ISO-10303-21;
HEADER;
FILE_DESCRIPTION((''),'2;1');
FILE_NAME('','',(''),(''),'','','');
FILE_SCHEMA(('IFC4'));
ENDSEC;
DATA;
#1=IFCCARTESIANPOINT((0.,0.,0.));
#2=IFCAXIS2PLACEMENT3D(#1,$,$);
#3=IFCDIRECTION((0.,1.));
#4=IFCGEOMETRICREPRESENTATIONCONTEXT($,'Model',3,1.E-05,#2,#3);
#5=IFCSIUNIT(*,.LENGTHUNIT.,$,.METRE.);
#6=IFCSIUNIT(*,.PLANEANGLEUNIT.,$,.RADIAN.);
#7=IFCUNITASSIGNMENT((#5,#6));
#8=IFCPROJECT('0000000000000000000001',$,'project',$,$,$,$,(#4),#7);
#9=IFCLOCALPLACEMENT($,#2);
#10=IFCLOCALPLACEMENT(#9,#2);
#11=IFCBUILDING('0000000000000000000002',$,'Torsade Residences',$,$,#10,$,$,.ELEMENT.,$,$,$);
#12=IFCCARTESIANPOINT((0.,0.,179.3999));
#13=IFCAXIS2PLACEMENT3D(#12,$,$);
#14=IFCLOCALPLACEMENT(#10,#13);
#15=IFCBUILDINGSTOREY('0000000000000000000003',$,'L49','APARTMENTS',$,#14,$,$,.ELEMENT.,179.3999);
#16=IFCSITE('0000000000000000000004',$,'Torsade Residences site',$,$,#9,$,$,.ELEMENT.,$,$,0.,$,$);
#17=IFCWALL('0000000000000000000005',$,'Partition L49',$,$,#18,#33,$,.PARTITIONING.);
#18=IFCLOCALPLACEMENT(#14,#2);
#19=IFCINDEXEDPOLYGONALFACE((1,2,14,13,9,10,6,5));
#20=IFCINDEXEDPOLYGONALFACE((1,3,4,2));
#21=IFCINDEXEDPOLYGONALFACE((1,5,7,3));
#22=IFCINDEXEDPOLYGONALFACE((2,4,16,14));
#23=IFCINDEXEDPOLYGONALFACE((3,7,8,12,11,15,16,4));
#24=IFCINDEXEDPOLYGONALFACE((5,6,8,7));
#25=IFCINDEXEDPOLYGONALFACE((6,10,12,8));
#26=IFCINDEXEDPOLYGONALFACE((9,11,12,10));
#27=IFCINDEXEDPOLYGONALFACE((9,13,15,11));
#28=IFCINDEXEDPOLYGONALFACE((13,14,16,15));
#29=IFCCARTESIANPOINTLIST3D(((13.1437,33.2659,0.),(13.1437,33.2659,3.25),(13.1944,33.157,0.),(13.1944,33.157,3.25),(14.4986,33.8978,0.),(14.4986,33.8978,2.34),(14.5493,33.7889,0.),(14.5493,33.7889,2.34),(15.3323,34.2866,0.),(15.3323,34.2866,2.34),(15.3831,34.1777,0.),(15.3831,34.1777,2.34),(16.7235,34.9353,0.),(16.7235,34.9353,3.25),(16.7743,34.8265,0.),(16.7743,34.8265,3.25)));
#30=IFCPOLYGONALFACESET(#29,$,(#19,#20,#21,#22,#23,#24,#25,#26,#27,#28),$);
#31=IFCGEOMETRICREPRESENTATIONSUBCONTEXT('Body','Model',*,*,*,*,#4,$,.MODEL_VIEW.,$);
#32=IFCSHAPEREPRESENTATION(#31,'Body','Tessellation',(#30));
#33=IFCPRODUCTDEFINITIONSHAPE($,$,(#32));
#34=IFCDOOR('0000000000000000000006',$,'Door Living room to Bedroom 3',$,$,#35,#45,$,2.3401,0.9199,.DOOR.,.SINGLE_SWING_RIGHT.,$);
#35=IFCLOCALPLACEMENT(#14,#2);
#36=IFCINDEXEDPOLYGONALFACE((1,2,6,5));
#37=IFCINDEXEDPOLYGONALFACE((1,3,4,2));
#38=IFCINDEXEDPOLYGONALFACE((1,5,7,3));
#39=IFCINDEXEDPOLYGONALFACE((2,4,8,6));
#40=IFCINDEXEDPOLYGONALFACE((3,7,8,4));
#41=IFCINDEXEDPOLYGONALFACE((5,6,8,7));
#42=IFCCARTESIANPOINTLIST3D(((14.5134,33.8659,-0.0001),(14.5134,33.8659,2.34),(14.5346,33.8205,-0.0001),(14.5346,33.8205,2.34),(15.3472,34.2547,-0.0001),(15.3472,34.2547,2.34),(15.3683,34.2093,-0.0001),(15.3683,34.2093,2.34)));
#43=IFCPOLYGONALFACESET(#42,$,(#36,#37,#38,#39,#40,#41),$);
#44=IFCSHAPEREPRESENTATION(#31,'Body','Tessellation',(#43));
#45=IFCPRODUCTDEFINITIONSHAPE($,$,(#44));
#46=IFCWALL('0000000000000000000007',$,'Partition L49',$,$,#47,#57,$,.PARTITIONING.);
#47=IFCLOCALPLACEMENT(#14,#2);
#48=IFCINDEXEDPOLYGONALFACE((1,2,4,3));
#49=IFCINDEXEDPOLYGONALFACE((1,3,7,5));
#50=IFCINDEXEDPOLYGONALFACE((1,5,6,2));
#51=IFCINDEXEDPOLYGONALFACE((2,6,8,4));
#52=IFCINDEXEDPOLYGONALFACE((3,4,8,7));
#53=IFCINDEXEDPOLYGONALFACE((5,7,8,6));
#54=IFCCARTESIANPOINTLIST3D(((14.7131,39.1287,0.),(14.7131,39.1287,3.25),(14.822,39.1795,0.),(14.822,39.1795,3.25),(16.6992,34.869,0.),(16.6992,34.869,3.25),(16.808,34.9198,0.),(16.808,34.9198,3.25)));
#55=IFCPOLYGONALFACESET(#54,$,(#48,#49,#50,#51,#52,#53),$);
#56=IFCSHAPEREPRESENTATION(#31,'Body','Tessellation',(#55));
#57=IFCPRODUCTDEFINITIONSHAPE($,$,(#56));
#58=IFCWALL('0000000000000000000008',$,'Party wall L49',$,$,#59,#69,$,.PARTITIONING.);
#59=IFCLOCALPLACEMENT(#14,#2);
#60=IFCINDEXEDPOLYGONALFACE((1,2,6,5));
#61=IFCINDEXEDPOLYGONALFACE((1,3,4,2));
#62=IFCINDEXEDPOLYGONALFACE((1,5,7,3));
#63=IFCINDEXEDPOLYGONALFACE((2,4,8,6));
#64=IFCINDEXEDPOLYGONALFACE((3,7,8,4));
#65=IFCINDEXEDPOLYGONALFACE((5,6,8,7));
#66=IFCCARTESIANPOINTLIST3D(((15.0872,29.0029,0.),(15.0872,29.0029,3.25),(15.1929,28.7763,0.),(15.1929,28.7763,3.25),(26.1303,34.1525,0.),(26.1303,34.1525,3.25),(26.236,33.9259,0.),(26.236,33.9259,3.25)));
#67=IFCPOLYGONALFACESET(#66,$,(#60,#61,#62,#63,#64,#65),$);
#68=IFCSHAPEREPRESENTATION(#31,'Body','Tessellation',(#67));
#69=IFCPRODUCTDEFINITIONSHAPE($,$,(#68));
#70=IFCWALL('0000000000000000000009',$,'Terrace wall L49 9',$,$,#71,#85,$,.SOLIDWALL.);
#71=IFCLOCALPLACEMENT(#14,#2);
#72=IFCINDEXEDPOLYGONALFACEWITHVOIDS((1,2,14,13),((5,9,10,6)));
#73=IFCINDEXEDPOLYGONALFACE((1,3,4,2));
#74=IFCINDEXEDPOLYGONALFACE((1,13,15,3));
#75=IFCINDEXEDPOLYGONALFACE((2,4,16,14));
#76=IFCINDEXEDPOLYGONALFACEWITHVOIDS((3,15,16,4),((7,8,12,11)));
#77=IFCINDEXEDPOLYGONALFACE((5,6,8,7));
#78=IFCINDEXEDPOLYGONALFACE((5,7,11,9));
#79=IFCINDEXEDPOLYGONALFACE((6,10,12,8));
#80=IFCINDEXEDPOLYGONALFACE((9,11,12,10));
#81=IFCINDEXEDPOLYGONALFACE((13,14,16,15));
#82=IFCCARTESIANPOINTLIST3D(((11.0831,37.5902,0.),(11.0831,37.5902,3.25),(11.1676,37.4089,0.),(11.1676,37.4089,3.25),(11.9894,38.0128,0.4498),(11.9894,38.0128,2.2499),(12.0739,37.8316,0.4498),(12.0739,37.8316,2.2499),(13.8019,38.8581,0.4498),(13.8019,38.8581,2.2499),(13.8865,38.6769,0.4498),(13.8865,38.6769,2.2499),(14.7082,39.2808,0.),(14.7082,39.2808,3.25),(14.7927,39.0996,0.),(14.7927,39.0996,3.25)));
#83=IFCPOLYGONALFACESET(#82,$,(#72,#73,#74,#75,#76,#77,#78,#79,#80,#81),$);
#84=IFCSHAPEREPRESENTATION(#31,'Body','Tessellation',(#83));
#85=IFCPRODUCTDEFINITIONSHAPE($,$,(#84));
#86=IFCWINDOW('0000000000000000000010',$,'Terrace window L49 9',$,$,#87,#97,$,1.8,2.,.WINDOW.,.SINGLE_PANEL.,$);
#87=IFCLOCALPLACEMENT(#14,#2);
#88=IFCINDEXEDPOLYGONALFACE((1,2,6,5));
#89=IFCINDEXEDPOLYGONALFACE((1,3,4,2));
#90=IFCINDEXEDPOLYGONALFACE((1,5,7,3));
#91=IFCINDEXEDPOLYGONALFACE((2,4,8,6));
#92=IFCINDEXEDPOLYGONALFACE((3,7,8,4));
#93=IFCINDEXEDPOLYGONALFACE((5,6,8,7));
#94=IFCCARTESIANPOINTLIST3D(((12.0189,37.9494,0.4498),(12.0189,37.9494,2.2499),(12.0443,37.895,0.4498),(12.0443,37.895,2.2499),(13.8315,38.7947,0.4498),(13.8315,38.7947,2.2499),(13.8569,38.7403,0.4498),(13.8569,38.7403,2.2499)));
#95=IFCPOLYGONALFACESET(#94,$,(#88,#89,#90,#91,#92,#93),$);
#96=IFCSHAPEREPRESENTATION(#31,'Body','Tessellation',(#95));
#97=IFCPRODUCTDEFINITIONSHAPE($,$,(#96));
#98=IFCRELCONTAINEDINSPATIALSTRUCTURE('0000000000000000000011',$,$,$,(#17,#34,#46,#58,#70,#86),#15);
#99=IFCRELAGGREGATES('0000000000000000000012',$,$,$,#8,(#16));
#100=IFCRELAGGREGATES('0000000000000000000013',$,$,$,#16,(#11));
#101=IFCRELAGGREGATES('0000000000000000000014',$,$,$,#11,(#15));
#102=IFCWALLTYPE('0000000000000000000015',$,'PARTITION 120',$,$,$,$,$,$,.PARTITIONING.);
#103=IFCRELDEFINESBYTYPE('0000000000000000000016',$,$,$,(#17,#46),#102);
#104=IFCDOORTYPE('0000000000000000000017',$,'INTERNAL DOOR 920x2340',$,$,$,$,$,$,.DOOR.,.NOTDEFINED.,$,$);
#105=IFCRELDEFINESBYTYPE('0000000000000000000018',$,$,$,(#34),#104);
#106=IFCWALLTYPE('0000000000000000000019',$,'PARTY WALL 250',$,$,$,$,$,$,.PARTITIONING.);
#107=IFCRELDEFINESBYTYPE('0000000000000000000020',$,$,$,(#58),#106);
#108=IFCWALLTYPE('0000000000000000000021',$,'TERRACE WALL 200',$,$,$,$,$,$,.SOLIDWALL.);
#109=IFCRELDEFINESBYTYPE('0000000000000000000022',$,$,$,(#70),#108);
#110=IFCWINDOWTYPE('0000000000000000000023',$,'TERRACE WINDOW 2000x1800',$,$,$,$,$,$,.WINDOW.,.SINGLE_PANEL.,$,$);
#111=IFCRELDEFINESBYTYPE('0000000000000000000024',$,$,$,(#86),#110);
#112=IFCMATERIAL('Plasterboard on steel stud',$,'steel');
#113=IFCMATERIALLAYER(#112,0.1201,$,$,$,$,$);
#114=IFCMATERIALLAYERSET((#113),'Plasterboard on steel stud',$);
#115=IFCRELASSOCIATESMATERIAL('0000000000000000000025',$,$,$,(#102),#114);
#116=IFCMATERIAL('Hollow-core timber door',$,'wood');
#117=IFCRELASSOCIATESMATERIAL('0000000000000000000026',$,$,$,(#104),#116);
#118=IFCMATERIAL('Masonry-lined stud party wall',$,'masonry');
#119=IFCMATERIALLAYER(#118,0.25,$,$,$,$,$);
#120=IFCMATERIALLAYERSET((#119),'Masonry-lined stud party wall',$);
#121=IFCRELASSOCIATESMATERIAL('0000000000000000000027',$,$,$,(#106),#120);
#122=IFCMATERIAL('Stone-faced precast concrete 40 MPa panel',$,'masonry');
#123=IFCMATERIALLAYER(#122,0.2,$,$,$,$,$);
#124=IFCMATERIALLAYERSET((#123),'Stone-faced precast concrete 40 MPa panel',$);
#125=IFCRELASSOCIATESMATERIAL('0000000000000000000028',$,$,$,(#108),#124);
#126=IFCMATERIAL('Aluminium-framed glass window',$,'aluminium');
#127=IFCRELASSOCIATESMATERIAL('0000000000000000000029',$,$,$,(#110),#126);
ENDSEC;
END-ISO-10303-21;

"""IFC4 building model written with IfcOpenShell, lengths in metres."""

from ifc_helpers import new_model, si_unit, direction, frame, frame_2d, origin, place, context, subcontext, project, spatial, rectangle, extrude, material, layer, layer_set, type_object, element, fill, save


model = new_model("IFC4")

# Units and contexts
model_context = context("Model", 3, precision=1e-05, world=origin(), true_north=direction((0.0, 1.0)))
body_context = subcontext(model_context, "Body", "Model", "MODEL_VIEW")
ifc_project = project(units=[si_unit("LENGTHUNIT", "METRE"), si_unit("PLANEANGLEUNIT", "RADIAN")], contexts=[model_context])

# Site, building, storey
site_placement = place(None, origin())
site = spatial("IfcSite", under=ifc_project, at=site_placement, Name="Torsade Residences site", CompositionType="ELEMENT", RefElevation=0.0)
building_placement = place(site_placement, origin())
building = spatial("IfcBuilding", under=site, at=building_placement, Name="Torsade Residences", CompositionType="ELEMENT")
storey_placement = place(building_placement, frame((0.0, 0.0, 179.3999)))
storey = spatial("IfcBuildingStorey", under=building, at=storey_placement, Name="L49", Description="APARTMENTS", CompositionType="ELEMENT", Elevation=179.3999)

# Shared definitions
ifc_material_1 = material(Name="Plasterboard on steel stud", Category="steel")
ifc_layer_1 = layer(ifc_material_1, 0.1201)
ifc_layer_set_1 = layer_set([ifc_layer_1], Name="Plasterboard on steel stud")
wall_type_1 = type_object("IfcWallType", Name="PARTITION 120", PredefinedType="PARTITIONING", material=ifc_layer_set_1)

# Wall, opening, door
ifc_material_2 = material(Name="Hollow-core timber door", Category="wood")
door_type = type_object("IfcDoorType", Name="INTERNAL DOOR 920x2340", OperationType="NOTDEFINED", PredefinedType="DOOR", material=ifc_material_2)
wall_1_placement = place(storey_placement, frame((13.1689, 33.2114, 0.0), z_axis=(0.0, 0.0, 1.0), x_axis=(0.906295, 0.422645, 0.0)))
wall_1 = element("IfcWall", 1, at=wall_1_placement, inside=storey, type_object=wall_type_1, Name="Partition L49", PredefinedType="PARTITIONING", context=body_context, shape_type="SweptSolid", body=[
    extrude(rectangle(XDim=3.95, YDim=0.1201, at=frame_2d((1.9751, 0.0))), origin(), (0.0, 0.0, 1.0), 3.25),
])
opening_1_placement = place(wall_1_placement, frame((1.4951, 0.0, 0.0)))
opening_1 = element("IfcOpeningElement", 2, at=opening_1_placement, cuts=wall_1, PredefinedType="OPENING", context=body_context, shape_type="SweptSolid", body=[
    extrude(rectangle(XDim=0.9199, YDim=2.3401, at=frame_2d((0.46, 1.1699))), frame((0.0, 0.0701, 0.0), z_axis=(0.0, -1.0, 0.0), x_axis=(1.0, 0.0, 0.0)), (0.0, 0.0, 1.0), 0.1401),
])
door_1_placement = place(opening_1_placement, origin())
door_1 = element("IfcDoor", 3, at=door_1_placement, inside=storey, type_object=door_type, Name="Door Living room to Bedroom 3", OperationType="SINGLE_SWING_RIGHT", OverallHeight=2.3401, OverallWidth=0.9199, PredefinedType="DOOR", context=body_context, shape_type="SweptSolid", body=[
    extrude(rectangle(XDim=0.9199, YDim=2.3401, at=frame_2d((0.46, 1.1699))), frame((0.0, 0.0249, 0.0), z_axis=(0.0, -1.0, 0.0), x_axis=(1.0, 0.0, 0.0)), (0.0, 0.0, 1.0), 0.05),
])
fill(opening_1, door_1)

# Walls
wall_2_placement = place(storey_placement, frame((16.7537, 34.8943, 0.0), z_axis=(0.0, 0.0, 1.0), x_axis=(-0.42257, 0.90633, 0.0)))
element("IfcWall", 4, at=wall_2_placement, inside=storey, type_object=wall_type_1, Name="Partition L49", PredefinedType="PARTITIONING", context=body_context, shape_type="SweptSolid", body=[
    extrude(rectangle(XDim=4.7, YDim=0.1201, at=frame_2d((2.3501, 0.0))), origin(), (0.0, 0.0, 1.0), 3.25),
])
ifc_material_3 = material(Name="Masonry-lined stud party wall", Category="masonry")
ifc_layer_2 = layer(ifc_material_3, 0.25)
ifc_layer_set_2 = layer_set([ifc_layer_2], Name="Masonry-lined stud party wall")
wall_type_2 = type_object("IfcWallType", Name="PARTY WALL 250", PredefinedType="PARTITIONING", material=ifc_layer_set_2)
wall_3_placement = place(storey_placement, frame((15.1401, 28.8896, 0.0), z_axis=(0.0, 0.0, 1.0), x_axis=(0.906304, 0.422627, 0.0)))
element("IfcWall", 5, at=wall_3_placement, inside=storey, type_object=wall_type_2, Name="Party wall L49", PredefinedType="PARTITIONING", context=body_context, shape_type="SweptSolid", body=[
    extrude(rectangle(XDim=12.1848, YDim=0.25, at=frame_2d((6.0923, 0.0))), origin(), (0.0, 0.0, 1.0), 3.25),
])

# Wall, opening, window
ifc_material_4 = material(Name="Stone-faced precast concrete 40 MPa panel", Category="masonry")
ifc_layer_3 = layer(ifc_material_4, 0.2)
ifc_layer_set_3 = layer_set([ifc_layer_3], Name="Stone-faced precast concrete 40 MPa panel")
wall_type_3 = type_object("IfcWallType", Name="TERRACE WALL 200", PredefinedType="SOLIDWALL", material=ifc_layer_set_3)
wall_4_placement = place(storey_placement, frame((14.7505, 39.1902, 0.0), z_axis=(0.0, 0.0, 1.0), x_axis=(-0.906289, -0.422658, 0.0)))
wall_4 = element("IfcWall", 6, at=wall_4_placement, inside=storey, type_object=wall_type_3, Name="Terrace wall L49 9", PredefinedType="SOLIDWALL", context=body_context, shape_type="SweptSolid", body=[
    extrude(rectangle(XDim=4.0, YDim=0.2, at=frame_2d((2.0, 0.0))), origin(), (0.0, 0.0, 1.0), 3.25),
])
opening_2_placement = place(wall_4_placement, frame((1.0, 0.0, 0.45)))
opening_2 = element("IfcOpeningElement", 7, at=opening_2_placement, cuts=wall_4, PredefinedType="OPENING", context=body_context, shape_type="SweptSolid", body=[
    extrude(rectangle(XDim=2.0, YDim=1.8, at=frame_2d((1.0, 0.8999))), frame((0.0, 0.1099, 0.0), z_axis=(0.0, -1.0, 0.0), x_axis=(1.0, 0.0, 0.0)), (0.0, 0.0, 1.0), 0.22),
])
ifc_material_5 = material(Name="Aluminium-framed glass window", Category="aluminium")
window_type = type_object("IfcWindowType", Name="TERRACE WINDOW 2000x1800", PartitioningType="SINGLE_PANEL", PredefinedType="WINDOW", material=ifc_material_5)
window_placement = place(opening_2_placement, origin())
window = element("IfcWindow", 8, at=window_placement, inside=storey, type_object=window_type, Name="Terrace window L49 9", OverallHeight=1.8, OverallWidth=2.0, PartitioningType="SINGLE_PANEL", PredefinedType="WINDOW", context=body_context, shape_type="SweptSolid", body=[
    extrude(rectangle(XDim=2.0, YDim=1.8, at=frame_2d((1.0, 0.8999))), frame((0.0, 0.03, 0.0), z_axis=(0.0, -1.0, 0.0), x_axis=(1.0, 0.0, 0.0)), (0.0, 0.0, 1.0), 0.0601),
])
fill(opening_2, window)

save(model, "model.ifc")
